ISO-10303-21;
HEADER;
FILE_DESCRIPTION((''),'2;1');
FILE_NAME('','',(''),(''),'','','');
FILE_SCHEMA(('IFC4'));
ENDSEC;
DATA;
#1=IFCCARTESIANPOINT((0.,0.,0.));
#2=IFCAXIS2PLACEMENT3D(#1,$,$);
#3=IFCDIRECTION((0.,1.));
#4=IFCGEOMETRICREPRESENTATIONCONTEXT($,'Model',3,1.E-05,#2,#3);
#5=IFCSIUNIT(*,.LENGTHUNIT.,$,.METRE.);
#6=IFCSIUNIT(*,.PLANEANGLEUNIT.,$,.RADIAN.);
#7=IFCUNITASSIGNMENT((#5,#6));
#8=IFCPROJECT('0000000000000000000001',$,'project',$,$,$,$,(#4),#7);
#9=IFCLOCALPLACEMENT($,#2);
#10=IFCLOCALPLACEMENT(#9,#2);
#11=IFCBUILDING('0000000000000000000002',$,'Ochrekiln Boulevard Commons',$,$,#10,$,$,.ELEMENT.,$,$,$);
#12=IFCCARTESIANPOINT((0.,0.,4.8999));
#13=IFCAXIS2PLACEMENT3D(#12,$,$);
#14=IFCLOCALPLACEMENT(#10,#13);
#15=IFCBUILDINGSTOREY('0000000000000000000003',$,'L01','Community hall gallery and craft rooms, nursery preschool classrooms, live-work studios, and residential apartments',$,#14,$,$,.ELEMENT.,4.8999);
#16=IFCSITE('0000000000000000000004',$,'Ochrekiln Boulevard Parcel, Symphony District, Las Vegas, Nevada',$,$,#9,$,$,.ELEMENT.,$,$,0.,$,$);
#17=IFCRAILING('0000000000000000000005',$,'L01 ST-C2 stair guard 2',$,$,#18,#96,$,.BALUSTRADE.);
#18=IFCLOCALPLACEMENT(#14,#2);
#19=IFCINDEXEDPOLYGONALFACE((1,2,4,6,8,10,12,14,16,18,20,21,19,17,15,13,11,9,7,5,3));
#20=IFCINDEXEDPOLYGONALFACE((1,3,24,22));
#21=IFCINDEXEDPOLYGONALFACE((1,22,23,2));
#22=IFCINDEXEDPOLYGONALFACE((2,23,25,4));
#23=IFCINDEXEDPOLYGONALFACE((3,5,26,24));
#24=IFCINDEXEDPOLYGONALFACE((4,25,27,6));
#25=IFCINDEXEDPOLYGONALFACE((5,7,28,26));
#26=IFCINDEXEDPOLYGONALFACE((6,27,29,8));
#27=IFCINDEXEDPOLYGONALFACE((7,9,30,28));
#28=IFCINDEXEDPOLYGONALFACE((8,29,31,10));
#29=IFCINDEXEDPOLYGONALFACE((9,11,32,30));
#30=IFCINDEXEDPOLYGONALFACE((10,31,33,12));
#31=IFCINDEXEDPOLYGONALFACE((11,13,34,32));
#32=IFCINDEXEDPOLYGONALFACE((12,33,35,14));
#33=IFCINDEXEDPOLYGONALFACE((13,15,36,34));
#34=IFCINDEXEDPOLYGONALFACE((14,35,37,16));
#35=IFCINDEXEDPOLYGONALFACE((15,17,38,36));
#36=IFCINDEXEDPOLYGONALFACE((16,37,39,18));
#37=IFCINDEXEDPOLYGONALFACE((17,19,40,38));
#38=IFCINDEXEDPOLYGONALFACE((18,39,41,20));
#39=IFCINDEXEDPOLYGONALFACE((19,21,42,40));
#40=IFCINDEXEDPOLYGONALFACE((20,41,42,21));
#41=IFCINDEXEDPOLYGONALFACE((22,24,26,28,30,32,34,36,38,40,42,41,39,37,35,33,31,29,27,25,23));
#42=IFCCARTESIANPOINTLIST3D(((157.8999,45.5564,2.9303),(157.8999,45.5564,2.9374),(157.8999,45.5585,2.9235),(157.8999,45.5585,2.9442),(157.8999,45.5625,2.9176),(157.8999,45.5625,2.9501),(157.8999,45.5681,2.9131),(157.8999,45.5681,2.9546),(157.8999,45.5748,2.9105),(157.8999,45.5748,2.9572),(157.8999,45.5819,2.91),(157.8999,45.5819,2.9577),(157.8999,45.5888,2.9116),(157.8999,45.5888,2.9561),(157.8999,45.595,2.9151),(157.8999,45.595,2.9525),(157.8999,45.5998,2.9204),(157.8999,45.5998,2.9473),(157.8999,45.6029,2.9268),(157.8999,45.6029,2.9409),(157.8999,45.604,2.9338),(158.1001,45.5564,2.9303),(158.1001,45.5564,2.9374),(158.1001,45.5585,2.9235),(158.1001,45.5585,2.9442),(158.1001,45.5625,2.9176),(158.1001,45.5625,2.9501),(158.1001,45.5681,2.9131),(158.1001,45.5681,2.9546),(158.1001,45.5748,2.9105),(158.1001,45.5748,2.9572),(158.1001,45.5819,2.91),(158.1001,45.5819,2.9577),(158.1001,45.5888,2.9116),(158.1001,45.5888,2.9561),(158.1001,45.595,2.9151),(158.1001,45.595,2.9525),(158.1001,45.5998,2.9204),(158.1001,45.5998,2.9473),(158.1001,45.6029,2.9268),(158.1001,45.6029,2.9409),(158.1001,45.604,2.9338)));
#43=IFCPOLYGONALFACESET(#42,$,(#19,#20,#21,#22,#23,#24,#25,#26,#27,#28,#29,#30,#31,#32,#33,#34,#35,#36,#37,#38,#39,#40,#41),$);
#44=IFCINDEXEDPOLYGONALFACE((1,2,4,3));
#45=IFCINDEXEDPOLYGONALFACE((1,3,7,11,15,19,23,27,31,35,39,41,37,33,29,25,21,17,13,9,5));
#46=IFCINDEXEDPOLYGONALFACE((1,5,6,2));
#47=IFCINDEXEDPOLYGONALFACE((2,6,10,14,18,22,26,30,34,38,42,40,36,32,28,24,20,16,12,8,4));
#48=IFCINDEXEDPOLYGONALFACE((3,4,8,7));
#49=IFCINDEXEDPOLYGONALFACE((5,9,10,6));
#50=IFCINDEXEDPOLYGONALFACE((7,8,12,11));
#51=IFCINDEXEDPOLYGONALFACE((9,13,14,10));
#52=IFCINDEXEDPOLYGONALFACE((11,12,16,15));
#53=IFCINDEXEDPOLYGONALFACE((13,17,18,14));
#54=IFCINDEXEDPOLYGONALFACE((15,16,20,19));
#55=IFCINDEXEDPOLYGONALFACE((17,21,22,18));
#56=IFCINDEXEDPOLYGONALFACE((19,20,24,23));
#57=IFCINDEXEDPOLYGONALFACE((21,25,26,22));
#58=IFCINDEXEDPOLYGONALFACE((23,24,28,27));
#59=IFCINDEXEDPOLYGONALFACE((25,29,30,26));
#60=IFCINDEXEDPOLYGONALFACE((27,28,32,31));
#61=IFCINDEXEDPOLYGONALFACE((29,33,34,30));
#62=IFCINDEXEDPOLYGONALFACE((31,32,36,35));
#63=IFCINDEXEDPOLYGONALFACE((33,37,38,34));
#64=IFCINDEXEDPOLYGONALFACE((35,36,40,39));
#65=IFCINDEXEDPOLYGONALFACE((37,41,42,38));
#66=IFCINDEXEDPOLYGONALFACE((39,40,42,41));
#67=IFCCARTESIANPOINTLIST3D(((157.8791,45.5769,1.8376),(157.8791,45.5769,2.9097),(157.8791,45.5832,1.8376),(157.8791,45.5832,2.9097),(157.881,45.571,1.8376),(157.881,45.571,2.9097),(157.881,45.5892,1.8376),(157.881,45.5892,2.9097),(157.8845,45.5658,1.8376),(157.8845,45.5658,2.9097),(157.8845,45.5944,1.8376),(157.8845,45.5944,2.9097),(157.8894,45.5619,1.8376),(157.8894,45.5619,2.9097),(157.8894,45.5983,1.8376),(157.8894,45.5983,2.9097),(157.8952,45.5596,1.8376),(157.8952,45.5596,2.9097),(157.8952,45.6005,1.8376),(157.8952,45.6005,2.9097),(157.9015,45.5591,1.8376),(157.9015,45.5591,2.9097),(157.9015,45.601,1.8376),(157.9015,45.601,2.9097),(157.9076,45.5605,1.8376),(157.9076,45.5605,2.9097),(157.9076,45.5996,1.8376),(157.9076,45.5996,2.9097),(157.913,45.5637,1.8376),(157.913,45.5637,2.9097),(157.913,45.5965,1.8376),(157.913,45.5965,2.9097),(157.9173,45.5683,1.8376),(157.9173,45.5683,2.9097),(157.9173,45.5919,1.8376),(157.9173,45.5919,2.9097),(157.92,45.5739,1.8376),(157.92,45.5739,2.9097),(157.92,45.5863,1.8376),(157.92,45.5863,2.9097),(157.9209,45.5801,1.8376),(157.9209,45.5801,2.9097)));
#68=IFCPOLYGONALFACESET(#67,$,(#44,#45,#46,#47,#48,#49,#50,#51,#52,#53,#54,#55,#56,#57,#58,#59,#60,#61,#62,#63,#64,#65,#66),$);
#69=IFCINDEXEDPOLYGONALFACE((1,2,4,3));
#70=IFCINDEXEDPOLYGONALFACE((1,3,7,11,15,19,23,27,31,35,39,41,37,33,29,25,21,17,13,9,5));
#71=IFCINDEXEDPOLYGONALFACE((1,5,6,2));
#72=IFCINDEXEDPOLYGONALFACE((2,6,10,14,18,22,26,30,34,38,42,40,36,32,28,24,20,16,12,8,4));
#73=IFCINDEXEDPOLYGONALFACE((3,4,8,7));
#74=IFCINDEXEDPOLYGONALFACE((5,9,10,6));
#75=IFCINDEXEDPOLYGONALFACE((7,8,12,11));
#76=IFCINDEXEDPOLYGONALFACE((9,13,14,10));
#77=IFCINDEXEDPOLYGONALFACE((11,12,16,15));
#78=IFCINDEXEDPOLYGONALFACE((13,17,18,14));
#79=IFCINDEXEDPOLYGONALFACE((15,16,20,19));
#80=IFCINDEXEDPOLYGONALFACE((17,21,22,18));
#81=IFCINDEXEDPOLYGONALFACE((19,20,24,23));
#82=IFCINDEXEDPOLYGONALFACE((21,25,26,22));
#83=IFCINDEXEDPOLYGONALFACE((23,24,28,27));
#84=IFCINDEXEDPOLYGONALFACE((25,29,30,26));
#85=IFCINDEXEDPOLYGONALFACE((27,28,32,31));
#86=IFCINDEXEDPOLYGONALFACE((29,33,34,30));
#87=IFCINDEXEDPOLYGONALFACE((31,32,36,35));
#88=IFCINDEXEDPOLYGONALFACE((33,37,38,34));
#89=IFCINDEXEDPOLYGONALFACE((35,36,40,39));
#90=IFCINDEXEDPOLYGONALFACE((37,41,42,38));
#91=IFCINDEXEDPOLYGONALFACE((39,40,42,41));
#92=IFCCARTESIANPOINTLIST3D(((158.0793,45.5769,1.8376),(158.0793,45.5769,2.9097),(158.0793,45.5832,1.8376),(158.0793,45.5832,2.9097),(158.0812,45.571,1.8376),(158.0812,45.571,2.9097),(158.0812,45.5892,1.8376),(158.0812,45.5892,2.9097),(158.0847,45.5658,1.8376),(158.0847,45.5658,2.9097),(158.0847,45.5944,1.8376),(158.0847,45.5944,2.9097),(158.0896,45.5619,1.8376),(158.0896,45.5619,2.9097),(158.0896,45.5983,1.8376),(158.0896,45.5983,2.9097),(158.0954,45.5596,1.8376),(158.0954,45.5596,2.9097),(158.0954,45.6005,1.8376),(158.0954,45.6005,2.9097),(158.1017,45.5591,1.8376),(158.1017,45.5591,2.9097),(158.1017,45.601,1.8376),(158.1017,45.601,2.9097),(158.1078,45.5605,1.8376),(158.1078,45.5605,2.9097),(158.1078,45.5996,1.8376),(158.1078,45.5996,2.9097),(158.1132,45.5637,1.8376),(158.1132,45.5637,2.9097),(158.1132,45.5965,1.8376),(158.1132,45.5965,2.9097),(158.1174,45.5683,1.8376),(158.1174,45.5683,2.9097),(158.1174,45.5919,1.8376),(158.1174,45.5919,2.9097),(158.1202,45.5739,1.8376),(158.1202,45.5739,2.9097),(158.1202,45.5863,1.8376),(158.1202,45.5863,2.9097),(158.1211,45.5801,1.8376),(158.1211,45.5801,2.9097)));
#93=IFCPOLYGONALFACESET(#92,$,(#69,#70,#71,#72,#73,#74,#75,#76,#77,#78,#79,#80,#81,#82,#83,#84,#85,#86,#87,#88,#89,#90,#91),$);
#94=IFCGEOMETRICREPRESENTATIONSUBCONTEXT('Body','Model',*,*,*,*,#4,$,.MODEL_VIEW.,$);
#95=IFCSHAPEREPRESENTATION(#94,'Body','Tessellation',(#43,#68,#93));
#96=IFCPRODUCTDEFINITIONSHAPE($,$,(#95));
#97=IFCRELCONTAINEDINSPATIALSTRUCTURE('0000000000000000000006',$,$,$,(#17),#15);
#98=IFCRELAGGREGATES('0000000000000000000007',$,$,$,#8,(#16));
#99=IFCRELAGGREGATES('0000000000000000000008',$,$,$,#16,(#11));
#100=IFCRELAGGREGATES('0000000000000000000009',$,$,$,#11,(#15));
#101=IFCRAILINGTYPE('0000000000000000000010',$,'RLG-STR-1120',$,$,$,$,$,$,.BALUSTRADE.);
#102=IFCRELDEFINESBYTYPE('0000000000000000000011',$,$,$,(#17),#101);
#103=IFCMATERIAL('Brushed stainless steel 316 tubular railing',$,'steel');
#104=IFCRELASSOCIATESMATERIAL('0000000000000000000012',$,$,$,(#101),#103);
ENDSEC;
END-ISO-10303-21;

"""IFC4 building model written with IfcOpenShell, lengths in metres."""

from ifc_helpers import new_model, si_unit, direction, frame, origin, origin_2d, place, context, subcontext, project, spatial, circle, extrude, material, type_object, element, save


model = new_model("IFC4")

# Units and contexts
model_context = context("Model", 3, precision=1e-05, world=origin(), true_north=direction((0.0, 1.0)))
body_context = subcontext(model_context, "Body", "Model", "MODEL_VIEW")
ifc_project = project(units=[si_unit("LENGTHUNIT", "METRE"), si_unit("PLANEANGLEUNIT", "RADIAN")], contexts=[model_context])

# Site, building, storey
site_placement = place(None, origin())
site = spatial("IfcSite", under=ifc_project, at=site_placement, Name="Ochrekiln Boulevard Parcel, Symphony District, Las Vegas, Nevada", CompositionType="ELEMENT", RefElevation=0.0)
building_placement = place(site_placement, origin())
building = spatial("IfcBuilding", under=site, at=building_placement, Name="Ochrekiln Boulevard Commons", CompositionType="ELEMENT")
storey_placement = place(building_placement, frame((0.0, 0.0, 4.8999)))
storey = spatial("IfcBuildingStorey", under=building, at=storey_placement, Name="L01", Description="Community hall gallery and craft rooms, nursery preschool classrooms, live-work studios, and residential apartments", CompositionType="ELEMENT", Elevation=4.8999)

# Railing
ifc_material_1 = material(Name="Brushed stainless steel 316 tubular railing", Category="steel")
railing_type = type_object("IfcRailingType", Name="RLG-STR-1120", PredefinedType="BALUSTRADE", material=ifc_material_1)
railing_1_placement = place(storey_placement, frame((157.8999, 45.5801, 1.8376)))
element("IfcRailing", 1, at=railing_1_placement, inside=storey, type_object=railing_type, Name="L01 ST-C2 stair guard 2", PredefinedType="BALUSTRADE", context=body_context, shape_type="SweptSolid", body=[
    extrude(circle(Radius=0.0239, at=origin_2d()), frame((0.0, 0.0, 1.0962), z_axis=(1.0, 0.0, 0.0), x_axis=(0.0, 1.0, 0.0)), (0.0, 0.0, 1.0), 0.2002),
    extrude(circle(Radius=0.021, at=origin_2d()), origin(), (0.0, 0.0, 1.0), 1.072),
    extrude(circle(Radius=0.021, at=origin_2d()), frame((0.2002, 0.0, 0.0)), (0.0, 0.0, 1.0), 1.072),
])

save(model, "model.ifc")
